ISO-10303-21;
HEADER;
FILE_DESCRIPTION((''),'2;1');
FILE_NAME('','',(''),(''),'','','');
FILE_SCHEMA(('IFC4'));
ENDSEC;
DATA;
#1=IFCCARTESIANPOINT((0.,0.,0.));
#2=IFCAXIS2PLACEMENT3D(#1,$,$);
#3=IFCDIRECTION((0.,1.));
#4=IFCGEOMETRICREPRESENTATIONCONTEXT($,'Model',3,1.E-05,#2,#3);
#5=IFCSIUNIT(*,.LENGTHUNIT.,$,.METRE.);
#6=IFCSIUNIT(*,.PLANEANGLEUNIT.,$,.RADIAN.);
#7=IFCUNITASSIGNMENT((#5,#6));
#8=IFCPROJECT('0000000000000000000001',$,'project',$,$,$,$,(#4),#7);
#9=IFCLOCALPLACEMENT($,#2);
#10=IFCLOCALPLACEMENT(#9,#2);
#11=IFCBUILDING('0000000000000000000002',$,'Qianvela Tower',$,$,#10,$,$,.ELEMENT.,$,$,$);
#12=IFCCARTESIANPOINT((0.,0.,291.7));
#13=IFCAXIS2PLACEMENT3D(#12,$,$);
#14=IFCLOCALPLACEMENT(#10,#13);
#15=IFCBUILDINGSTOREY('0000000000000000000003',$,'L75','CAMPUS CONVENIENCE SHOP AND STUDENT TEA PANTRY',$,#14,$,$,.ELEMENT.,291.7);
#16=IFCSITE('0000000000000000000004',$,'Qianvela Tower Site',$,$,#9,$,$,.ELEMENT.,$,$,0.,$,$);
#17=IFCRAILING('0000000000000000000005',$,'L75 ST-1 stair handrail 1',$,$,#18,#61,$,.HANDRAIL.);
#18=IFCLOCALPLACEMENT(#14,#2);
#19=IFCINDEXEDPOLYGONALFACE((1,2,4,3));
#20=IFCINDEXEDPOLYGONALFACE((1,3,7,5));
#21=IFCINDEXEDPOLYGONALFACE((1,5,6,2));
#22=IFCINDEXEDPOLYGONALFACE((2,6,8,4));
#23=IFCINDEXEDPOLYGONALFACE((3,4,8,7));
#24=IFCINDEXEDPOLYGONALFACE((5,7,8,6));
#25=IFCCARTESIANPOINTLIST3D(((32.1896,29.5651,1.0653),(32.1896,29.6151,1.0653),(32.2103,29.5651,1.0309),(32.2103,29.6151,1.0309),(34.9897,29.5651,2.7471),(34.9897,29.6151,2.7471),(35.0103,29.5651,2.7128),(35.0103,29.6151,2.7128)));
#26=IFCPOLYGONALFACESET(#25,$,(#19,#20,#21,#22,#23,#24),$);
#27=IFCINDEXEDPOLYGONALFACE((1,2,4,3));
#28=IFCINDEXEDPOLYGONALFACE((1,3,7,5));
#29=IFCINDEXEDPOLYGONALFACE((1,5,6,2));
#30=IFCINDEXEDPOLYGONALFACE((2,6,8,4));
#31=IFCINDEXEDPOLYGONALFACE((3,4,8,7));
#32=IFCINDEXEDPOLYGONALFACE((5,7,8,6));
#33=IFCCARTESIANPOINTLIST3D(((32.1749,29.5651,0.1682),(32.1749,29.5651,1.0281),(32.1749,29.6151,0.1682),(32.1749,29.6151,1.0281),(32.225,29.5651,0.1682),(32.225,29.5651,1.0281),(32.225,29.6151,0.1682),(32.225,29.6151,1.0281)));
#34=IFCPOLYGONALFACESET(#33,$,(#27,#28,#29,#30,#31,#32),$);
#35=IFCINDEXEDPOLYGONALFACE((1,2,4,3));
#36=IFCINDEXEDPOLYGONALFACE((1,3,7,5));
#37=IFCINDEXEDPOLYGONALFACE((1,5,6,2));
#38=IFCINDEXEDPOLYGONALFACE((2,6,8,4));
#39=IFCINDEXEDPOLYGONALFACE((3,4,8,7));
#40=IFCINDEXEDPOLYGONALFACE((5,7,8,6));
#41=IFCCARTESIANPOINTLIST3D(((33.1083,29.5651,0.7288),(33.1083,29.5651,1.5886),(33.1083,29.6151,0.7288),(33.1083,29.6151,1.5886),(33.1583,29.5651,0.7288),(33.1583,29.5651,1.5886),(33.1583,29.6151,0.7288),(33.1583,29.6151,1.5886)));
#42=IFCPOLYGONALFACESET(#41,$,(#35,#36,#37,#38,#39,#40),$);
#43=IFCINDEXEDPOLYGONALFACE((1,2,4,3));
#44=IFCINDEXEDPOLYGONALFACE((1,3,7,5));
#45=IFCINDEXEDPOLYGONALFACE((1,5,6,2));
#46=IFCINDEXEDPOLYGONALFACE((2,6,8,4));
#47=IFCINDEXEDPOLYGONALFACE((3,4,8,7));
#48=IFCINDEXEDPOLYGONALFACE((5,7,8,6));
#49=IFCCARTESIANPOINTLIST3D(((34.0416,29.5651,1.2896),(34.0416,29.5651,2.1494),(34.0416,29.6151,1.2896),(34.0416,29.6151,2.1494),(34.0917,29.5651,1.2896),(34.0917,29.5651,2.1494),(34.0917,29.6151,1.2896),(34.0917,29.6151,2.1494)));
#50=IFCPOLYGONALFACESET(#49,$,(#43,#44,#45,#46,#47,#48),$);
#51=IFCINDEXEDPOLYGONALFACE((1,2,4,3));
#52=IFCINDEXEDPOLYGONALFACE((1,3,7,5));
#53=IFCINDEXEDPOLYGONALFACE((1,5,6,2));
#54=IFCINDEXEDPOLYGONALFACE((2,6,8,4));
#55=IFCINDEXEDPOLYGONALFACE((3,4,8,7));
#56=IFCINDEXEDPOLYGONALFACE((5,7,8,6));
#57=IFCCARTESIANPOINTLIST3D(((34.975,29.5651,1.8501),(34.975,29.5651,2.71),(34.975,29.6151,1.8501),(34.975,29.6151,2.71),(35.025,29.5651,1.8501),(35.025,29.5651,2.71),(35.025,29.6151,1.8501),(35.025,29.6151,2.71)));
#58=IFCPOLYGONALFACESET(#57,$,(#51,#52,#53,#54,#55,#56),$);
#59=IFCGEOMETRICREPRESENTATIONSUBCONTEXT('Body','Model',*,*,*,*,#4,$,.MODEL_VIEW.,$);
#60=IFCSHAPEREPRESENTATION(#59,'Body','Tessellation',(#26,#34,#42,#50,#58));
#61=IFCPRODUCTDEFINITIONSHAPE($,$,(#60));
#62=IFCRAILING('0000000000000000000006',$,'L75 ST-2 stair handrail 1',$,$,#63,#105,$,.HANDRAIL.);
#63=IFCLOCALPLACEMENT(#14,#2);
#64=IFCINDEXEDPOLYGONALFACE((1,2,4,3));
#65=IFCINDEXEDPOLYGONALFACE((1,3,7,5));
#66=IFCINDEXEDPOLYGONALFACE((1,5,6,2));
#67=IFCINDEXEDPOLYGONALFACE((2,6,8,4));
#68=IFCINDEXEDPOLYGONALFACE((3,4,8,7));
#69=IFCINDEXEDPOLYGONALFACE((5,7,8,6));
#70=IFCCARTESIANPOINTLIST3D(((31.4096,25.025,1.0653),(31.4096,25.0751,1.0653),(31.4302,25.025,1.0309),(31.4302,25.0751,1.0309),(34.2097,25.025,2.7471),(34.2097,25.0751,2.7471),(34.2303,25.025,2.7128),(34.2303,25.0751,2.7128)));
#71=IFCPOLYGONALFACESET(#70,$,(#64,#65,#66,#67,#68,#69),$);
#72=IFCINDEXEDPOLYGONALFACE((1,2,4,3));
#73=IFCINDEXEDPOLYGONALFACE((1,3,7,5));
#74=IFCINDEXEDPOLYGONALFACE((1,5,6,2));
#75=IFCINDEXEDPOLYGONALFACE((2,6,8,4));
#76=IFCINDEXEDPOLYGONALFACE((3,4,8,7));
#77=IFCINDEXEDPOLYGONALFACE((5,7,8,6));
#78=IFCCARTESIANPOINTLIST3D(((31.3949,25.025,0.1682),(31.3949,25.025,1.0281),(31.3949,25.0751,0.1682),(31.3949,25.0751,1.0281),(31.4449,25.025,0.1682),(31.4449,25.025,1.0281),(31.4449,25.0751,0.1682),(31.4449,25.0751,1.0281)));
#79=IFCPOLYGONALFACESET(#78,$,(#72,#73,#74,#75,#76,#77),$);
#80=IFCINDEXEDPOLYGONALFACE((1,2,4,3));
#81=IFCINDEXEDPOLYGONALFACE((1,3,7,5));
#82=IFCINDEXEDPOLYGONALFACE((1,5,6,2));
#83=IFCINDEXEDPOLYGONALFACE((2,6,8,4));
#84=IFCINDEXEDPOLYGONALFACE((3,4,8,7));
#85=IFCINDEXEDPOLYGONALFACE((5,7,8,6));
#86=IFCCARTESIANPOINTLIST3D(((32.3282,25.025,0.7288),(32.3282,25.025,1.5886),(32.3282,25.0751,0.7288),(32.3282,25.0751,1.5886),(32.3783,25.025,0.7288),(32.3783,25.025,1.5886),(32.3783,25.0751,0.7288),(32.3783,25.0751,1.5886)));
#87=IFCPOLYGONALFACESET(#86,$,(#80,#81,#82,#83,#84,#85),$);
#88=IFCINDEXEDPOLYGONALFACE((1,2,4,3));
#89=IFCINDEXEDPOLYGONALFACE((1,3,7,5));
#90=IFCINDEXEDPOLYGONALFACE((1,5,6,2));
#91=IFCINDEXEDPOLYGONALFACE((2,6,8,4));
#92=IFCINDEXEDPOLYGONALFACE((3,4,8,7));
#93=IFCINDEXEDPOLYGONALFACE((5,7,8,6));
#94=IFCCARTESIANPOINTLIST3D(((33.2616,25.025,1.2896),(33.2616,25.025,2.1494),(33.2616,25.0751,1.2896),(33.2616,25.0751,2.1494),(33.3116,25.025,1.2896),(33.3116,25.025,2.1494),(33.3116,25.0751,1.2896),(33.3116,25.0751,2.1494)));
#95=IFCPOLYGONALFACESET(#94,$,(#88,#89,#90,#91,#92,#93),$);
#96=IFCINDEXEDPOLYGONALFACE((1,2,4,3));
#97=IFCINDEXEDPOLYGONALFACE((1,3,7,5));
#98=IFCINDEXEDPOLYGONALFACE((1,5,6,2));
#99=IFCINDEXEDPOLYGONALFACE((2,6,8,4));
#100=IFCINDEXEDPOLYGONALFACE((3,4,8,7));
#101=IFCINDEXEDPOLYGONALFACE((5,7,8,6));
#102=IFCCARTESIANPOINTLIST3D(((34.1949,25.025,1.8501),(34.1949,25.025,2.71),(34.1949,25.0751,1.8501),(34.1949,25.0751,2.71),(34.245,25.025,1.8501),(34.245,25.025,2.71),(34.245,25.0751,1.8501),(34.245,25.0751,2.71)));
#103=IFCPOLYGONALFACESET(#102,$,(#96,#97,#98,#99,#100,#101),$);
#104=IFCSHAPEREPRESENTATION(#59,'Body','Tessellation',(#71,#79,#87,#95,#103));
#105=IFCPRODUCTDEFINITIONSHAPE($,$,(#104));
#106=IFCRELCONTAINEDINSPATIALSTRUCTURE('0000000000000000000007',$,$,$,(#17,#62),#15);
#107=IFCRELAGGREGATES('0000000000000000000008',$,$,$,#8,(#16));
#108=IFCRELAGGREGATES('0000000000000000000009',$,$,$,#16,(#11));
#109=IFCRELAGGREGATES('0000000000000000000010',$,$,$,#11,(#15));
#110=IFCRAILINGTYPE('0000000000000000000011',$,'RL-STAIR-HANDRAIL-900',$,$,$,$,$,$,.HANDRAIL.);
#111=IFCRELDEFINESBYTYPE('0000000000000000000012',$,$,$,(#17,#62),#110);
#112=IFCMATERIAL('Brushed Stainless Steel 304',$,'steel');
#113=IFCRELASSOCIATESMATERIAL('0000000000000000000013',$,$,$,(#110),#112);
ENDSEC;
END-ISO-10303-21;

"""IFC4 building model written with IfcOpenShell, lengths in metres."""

from ifc_helpers import new_model, si_unit, direction, frame, origin, origin_2d, place, context, subcontext, project, spatial, rectangle, extrude, material, type_object, element, save


model = new_model("IFC4")

# Units and contexts
model_context = context("Model", 3, precision=1e-05, world=origin(), true_north=direction((0.0, 1.0)))
body_context = subcontext(model_context, "Body", "Model", "MODEL_VIEW")
ifc_project = project(units=[si_unit("LENGTHUNIT", "METRE"), si_unit("PLANEANGLEUNIT", "RADIAN")], contexts=[model_context])

# Site, building, storey
site_placement = place(None, origin())
site = spatial("IfcSite", under=ifc_project, at=site_placement, Name="Qianvela Tower Site", CompositionType="ELEMENT", RefElevation=0.0)
building_placement = place(site_placement, origin())
building = spatial("IfcBuilding", under=site, at=building_placement, Name="Qianvela Tower", CompositionType="ELEMENT")
storey_placement = place(building_placement, frame((0.0, 0.0, 291.7)))
storey = spatial("IfcBuildingStorey", under=building, at=storey_placement, Name="L75", Description="CAMPUS CONVENIENCE SHOP AND STUDENT TEA PANTRY", CompositionType="ELEMENT", Elevation=291.7)

# Railings
ifc_material_1 = material(Name="Brushed Stainless Steel 304", Category="steel")
railing_type_1 = type_object("IfcRailingType", Name="RL-STAIR-HANDRAIL-900", PredefinedType="HANDRAIL", material=ifc_material_1)
for number, where, name in (
    (1, (32.2, 29.5901, 0.1682), "L75 ST-1 stair handrail 1"),
    (2, (31.4199, 25.05, 0.1682), "L75 ST-2 stair handrail 1"),
):
    element("IfcRailing", number, at=place(storey_placement, frame(where)), inside=storey, type_object=railing_type_1, Name=name, PredefinedType="HANDRAIL", context=body_context, shape_type="SweptSolid", body=[
        extrude(rectangle(XDim=0.05, YDim=0.04, at=origin_2d()), frame((0.0, 0.0, 0.8799), z_axis=(0.857242, 0.0, 0.514913), x_axis=(0.0, 1.0, 0.0)), (0.0, 0.0, 1.0), 3.2664),
        extrude(rectangle(XDim=0.05, YDim=0.05, at=origin_2d()), origin(), (0.0, 0.0, 1.0), 0.8599),
        extrude(rectangle(XDim=0.05, YDim=0.05, at=origin_2d()), frame((0.9333, 0.0, 0.5605)), (0.0, 0.0, 1.0), 0.8599),
        extrude(rectangle(XDim=0.05, YDim=0.05, at=origin_2d()), frame((1.8667, 0.0, 1.1213)), (0.0, 0.0, 1.0), 0.8599),
        extrude(rectangle(XDim=0.05, YDim=0.05, at=origin_2d()), frame((2.8, 0.0, 1.6819)), (0.0, 0.0, 1.0), 0.8599),
    ])

save(model, "model.ifc")
